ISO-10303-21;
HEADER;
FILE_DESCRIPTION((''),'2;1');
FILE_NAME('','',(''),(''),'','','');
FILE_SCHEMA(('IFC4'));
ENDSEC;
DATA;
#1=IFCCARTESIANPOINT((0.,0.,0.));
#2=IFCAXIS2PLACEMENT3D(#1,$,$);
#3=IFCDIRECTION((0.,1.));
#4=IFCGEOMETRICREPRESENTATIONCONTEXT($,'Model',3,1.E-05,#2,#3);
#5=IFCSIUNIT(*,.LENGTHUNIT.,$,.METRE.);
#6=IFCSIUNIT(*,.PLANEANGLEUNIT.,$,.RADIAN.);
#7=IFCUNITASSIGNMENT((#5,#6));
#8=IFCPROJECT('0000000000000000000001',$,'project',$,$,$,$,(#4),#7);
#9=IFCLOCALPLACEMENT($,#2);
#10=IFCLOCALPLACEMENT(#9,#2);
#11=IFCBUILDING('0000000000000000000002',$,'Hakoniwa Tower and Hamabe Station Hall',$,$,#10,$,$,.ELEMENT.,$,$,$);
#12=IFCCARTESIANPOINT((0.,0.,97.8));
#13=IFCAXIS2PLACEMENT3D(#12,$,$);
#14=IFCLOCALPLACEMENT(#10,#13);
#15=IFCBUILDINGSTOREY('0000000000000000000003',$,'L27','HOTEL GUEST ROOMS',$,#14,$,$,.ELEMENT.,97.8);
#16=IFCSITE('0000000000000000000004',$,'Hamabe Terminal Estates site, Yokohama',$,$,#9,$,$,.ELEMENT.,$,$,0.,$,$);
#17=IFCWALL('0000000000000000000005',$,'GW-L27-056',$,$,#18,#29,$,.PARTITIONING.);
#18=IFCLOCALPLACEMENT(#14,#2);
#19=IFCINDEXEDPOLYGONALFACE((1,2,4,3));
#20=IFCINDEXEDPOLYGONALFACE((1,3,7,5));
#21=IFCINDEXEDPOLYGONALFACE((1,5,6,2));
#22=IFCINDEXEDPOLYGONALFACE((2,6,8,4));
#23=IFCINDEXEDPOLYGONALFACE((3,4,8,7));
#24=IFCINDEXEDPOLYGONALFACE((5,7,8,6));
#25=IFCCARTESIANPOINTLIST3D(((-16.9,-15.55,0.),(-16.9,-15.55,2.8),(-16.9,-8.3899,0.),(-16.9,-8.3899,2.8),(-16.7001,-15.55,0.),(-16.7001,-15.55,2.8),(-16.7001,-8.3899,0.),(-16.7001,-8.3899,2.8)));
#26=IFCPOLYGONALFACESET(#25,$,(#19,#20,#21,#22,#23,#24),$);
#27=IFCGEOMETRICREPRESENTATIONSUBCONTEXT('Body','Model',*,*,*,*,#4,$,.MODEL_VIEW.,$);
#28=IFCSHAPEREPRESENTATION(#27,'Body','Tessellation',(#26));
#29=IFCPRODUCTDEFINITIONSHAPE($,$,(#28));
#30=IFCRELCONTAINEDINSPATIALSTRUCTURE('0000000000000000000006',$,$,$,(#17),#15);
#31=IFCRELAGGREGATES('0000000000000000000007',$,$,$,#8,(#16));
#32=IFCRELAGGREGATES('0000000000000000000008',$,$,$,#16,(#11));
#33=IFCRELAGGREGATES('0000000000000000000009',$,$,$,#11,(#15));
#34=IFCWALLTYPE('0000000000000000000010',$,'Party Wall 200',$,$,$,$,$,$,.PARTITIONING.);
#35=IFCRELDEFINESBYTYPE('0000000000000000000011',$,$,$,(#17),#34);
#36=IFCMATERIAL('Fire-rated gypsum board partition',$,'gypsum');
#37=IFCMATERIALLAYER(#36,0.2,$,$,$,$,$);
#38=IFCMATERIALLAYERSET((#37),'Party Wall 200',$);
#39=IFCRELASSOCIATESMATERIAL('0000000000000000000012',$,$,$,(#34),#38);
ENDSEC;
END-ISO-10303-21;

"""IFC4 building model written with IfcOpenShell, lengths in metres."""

from ifc_helpers import new_model, si_unit, direction, frame, frame_2d, origin, place, context, subcontext, project, spatial, rectangle, extrude, material, layer, layer_set, type_object, element, save


model = new_model("IFC4")

# Units and contexts
model_context = context("Model", 3, precision=1e-05, world=origin(), true_north=direction((0.0, 1.0)))
body_context = subcontext(model_context, "Body", "Model", "MODEL_VIEW")
ifc_project = project(units=[si_unit("LENGTHUNIT", "METRE"), si_unit("PLANEANGLEUNIT", "RADIAN")], contexts=[model_context])

# Site, building, storey
site_placement = place(None, origin())
site = spatial("IfcSite", under=ifc_project, at=site_placement, Name="Hamabe Terminal Estates site, Yokohama", CompositionType="ELEMENT", RefElevation=0.0)
building_placement = place(site_placement, origin())
building = spatial("IfcBuilding", under=site, at=building_placement, Name="Hakoniwa Tower and Hamabe Station Hall", CompositionType="ELEMENT")
storey_placement = place(building_placement, frame((0.0, 0.0, 97.8)))
storey = spatial("IfcBuildingStorey", under=building, at=storey_placement, Name="L27", Description="HOTEL GUEST ROOMS", CompositionType="ELEMENT", Elevation=97.8)

# Wall
ifc_material_1 = material(Name="Fire-rated gypsum board partition", Category="gypsum")
ifc_layer_1 = layer(ifc_material_1, 0.2)
ifc_layer_set_1 = layer_set([ifc_layer_1], Name="Party Wall 200")
wall_type_1 = type_object("IfcWallType", Name="Party Wall 200", PredefinedType="PARTITIONING", material=ifc_layer_set_1)
wall_1_placement = place(storey_placement, frame((-16.8, -15.55, 0.0), z_axis=(0.0, 0.0, 1.0), x_axis=(0.0, 1.0, 0.0)))
element("IfcWall", 1, at=wall_1_placement, inside=storey, type_object=wall_type_1, Name="GW-L27-056", PredefinedType="PARTITIONING", context=body_context, shape_type="SweptSolid", body=[
    extrude(rectangle(XDim=7.1602, YDim=0.2, at=frame_2d((3.5801, 0.0))), origin(), (0.0, 0.0, 1.0), 2.8),
])

save(model, "model.ifc")
